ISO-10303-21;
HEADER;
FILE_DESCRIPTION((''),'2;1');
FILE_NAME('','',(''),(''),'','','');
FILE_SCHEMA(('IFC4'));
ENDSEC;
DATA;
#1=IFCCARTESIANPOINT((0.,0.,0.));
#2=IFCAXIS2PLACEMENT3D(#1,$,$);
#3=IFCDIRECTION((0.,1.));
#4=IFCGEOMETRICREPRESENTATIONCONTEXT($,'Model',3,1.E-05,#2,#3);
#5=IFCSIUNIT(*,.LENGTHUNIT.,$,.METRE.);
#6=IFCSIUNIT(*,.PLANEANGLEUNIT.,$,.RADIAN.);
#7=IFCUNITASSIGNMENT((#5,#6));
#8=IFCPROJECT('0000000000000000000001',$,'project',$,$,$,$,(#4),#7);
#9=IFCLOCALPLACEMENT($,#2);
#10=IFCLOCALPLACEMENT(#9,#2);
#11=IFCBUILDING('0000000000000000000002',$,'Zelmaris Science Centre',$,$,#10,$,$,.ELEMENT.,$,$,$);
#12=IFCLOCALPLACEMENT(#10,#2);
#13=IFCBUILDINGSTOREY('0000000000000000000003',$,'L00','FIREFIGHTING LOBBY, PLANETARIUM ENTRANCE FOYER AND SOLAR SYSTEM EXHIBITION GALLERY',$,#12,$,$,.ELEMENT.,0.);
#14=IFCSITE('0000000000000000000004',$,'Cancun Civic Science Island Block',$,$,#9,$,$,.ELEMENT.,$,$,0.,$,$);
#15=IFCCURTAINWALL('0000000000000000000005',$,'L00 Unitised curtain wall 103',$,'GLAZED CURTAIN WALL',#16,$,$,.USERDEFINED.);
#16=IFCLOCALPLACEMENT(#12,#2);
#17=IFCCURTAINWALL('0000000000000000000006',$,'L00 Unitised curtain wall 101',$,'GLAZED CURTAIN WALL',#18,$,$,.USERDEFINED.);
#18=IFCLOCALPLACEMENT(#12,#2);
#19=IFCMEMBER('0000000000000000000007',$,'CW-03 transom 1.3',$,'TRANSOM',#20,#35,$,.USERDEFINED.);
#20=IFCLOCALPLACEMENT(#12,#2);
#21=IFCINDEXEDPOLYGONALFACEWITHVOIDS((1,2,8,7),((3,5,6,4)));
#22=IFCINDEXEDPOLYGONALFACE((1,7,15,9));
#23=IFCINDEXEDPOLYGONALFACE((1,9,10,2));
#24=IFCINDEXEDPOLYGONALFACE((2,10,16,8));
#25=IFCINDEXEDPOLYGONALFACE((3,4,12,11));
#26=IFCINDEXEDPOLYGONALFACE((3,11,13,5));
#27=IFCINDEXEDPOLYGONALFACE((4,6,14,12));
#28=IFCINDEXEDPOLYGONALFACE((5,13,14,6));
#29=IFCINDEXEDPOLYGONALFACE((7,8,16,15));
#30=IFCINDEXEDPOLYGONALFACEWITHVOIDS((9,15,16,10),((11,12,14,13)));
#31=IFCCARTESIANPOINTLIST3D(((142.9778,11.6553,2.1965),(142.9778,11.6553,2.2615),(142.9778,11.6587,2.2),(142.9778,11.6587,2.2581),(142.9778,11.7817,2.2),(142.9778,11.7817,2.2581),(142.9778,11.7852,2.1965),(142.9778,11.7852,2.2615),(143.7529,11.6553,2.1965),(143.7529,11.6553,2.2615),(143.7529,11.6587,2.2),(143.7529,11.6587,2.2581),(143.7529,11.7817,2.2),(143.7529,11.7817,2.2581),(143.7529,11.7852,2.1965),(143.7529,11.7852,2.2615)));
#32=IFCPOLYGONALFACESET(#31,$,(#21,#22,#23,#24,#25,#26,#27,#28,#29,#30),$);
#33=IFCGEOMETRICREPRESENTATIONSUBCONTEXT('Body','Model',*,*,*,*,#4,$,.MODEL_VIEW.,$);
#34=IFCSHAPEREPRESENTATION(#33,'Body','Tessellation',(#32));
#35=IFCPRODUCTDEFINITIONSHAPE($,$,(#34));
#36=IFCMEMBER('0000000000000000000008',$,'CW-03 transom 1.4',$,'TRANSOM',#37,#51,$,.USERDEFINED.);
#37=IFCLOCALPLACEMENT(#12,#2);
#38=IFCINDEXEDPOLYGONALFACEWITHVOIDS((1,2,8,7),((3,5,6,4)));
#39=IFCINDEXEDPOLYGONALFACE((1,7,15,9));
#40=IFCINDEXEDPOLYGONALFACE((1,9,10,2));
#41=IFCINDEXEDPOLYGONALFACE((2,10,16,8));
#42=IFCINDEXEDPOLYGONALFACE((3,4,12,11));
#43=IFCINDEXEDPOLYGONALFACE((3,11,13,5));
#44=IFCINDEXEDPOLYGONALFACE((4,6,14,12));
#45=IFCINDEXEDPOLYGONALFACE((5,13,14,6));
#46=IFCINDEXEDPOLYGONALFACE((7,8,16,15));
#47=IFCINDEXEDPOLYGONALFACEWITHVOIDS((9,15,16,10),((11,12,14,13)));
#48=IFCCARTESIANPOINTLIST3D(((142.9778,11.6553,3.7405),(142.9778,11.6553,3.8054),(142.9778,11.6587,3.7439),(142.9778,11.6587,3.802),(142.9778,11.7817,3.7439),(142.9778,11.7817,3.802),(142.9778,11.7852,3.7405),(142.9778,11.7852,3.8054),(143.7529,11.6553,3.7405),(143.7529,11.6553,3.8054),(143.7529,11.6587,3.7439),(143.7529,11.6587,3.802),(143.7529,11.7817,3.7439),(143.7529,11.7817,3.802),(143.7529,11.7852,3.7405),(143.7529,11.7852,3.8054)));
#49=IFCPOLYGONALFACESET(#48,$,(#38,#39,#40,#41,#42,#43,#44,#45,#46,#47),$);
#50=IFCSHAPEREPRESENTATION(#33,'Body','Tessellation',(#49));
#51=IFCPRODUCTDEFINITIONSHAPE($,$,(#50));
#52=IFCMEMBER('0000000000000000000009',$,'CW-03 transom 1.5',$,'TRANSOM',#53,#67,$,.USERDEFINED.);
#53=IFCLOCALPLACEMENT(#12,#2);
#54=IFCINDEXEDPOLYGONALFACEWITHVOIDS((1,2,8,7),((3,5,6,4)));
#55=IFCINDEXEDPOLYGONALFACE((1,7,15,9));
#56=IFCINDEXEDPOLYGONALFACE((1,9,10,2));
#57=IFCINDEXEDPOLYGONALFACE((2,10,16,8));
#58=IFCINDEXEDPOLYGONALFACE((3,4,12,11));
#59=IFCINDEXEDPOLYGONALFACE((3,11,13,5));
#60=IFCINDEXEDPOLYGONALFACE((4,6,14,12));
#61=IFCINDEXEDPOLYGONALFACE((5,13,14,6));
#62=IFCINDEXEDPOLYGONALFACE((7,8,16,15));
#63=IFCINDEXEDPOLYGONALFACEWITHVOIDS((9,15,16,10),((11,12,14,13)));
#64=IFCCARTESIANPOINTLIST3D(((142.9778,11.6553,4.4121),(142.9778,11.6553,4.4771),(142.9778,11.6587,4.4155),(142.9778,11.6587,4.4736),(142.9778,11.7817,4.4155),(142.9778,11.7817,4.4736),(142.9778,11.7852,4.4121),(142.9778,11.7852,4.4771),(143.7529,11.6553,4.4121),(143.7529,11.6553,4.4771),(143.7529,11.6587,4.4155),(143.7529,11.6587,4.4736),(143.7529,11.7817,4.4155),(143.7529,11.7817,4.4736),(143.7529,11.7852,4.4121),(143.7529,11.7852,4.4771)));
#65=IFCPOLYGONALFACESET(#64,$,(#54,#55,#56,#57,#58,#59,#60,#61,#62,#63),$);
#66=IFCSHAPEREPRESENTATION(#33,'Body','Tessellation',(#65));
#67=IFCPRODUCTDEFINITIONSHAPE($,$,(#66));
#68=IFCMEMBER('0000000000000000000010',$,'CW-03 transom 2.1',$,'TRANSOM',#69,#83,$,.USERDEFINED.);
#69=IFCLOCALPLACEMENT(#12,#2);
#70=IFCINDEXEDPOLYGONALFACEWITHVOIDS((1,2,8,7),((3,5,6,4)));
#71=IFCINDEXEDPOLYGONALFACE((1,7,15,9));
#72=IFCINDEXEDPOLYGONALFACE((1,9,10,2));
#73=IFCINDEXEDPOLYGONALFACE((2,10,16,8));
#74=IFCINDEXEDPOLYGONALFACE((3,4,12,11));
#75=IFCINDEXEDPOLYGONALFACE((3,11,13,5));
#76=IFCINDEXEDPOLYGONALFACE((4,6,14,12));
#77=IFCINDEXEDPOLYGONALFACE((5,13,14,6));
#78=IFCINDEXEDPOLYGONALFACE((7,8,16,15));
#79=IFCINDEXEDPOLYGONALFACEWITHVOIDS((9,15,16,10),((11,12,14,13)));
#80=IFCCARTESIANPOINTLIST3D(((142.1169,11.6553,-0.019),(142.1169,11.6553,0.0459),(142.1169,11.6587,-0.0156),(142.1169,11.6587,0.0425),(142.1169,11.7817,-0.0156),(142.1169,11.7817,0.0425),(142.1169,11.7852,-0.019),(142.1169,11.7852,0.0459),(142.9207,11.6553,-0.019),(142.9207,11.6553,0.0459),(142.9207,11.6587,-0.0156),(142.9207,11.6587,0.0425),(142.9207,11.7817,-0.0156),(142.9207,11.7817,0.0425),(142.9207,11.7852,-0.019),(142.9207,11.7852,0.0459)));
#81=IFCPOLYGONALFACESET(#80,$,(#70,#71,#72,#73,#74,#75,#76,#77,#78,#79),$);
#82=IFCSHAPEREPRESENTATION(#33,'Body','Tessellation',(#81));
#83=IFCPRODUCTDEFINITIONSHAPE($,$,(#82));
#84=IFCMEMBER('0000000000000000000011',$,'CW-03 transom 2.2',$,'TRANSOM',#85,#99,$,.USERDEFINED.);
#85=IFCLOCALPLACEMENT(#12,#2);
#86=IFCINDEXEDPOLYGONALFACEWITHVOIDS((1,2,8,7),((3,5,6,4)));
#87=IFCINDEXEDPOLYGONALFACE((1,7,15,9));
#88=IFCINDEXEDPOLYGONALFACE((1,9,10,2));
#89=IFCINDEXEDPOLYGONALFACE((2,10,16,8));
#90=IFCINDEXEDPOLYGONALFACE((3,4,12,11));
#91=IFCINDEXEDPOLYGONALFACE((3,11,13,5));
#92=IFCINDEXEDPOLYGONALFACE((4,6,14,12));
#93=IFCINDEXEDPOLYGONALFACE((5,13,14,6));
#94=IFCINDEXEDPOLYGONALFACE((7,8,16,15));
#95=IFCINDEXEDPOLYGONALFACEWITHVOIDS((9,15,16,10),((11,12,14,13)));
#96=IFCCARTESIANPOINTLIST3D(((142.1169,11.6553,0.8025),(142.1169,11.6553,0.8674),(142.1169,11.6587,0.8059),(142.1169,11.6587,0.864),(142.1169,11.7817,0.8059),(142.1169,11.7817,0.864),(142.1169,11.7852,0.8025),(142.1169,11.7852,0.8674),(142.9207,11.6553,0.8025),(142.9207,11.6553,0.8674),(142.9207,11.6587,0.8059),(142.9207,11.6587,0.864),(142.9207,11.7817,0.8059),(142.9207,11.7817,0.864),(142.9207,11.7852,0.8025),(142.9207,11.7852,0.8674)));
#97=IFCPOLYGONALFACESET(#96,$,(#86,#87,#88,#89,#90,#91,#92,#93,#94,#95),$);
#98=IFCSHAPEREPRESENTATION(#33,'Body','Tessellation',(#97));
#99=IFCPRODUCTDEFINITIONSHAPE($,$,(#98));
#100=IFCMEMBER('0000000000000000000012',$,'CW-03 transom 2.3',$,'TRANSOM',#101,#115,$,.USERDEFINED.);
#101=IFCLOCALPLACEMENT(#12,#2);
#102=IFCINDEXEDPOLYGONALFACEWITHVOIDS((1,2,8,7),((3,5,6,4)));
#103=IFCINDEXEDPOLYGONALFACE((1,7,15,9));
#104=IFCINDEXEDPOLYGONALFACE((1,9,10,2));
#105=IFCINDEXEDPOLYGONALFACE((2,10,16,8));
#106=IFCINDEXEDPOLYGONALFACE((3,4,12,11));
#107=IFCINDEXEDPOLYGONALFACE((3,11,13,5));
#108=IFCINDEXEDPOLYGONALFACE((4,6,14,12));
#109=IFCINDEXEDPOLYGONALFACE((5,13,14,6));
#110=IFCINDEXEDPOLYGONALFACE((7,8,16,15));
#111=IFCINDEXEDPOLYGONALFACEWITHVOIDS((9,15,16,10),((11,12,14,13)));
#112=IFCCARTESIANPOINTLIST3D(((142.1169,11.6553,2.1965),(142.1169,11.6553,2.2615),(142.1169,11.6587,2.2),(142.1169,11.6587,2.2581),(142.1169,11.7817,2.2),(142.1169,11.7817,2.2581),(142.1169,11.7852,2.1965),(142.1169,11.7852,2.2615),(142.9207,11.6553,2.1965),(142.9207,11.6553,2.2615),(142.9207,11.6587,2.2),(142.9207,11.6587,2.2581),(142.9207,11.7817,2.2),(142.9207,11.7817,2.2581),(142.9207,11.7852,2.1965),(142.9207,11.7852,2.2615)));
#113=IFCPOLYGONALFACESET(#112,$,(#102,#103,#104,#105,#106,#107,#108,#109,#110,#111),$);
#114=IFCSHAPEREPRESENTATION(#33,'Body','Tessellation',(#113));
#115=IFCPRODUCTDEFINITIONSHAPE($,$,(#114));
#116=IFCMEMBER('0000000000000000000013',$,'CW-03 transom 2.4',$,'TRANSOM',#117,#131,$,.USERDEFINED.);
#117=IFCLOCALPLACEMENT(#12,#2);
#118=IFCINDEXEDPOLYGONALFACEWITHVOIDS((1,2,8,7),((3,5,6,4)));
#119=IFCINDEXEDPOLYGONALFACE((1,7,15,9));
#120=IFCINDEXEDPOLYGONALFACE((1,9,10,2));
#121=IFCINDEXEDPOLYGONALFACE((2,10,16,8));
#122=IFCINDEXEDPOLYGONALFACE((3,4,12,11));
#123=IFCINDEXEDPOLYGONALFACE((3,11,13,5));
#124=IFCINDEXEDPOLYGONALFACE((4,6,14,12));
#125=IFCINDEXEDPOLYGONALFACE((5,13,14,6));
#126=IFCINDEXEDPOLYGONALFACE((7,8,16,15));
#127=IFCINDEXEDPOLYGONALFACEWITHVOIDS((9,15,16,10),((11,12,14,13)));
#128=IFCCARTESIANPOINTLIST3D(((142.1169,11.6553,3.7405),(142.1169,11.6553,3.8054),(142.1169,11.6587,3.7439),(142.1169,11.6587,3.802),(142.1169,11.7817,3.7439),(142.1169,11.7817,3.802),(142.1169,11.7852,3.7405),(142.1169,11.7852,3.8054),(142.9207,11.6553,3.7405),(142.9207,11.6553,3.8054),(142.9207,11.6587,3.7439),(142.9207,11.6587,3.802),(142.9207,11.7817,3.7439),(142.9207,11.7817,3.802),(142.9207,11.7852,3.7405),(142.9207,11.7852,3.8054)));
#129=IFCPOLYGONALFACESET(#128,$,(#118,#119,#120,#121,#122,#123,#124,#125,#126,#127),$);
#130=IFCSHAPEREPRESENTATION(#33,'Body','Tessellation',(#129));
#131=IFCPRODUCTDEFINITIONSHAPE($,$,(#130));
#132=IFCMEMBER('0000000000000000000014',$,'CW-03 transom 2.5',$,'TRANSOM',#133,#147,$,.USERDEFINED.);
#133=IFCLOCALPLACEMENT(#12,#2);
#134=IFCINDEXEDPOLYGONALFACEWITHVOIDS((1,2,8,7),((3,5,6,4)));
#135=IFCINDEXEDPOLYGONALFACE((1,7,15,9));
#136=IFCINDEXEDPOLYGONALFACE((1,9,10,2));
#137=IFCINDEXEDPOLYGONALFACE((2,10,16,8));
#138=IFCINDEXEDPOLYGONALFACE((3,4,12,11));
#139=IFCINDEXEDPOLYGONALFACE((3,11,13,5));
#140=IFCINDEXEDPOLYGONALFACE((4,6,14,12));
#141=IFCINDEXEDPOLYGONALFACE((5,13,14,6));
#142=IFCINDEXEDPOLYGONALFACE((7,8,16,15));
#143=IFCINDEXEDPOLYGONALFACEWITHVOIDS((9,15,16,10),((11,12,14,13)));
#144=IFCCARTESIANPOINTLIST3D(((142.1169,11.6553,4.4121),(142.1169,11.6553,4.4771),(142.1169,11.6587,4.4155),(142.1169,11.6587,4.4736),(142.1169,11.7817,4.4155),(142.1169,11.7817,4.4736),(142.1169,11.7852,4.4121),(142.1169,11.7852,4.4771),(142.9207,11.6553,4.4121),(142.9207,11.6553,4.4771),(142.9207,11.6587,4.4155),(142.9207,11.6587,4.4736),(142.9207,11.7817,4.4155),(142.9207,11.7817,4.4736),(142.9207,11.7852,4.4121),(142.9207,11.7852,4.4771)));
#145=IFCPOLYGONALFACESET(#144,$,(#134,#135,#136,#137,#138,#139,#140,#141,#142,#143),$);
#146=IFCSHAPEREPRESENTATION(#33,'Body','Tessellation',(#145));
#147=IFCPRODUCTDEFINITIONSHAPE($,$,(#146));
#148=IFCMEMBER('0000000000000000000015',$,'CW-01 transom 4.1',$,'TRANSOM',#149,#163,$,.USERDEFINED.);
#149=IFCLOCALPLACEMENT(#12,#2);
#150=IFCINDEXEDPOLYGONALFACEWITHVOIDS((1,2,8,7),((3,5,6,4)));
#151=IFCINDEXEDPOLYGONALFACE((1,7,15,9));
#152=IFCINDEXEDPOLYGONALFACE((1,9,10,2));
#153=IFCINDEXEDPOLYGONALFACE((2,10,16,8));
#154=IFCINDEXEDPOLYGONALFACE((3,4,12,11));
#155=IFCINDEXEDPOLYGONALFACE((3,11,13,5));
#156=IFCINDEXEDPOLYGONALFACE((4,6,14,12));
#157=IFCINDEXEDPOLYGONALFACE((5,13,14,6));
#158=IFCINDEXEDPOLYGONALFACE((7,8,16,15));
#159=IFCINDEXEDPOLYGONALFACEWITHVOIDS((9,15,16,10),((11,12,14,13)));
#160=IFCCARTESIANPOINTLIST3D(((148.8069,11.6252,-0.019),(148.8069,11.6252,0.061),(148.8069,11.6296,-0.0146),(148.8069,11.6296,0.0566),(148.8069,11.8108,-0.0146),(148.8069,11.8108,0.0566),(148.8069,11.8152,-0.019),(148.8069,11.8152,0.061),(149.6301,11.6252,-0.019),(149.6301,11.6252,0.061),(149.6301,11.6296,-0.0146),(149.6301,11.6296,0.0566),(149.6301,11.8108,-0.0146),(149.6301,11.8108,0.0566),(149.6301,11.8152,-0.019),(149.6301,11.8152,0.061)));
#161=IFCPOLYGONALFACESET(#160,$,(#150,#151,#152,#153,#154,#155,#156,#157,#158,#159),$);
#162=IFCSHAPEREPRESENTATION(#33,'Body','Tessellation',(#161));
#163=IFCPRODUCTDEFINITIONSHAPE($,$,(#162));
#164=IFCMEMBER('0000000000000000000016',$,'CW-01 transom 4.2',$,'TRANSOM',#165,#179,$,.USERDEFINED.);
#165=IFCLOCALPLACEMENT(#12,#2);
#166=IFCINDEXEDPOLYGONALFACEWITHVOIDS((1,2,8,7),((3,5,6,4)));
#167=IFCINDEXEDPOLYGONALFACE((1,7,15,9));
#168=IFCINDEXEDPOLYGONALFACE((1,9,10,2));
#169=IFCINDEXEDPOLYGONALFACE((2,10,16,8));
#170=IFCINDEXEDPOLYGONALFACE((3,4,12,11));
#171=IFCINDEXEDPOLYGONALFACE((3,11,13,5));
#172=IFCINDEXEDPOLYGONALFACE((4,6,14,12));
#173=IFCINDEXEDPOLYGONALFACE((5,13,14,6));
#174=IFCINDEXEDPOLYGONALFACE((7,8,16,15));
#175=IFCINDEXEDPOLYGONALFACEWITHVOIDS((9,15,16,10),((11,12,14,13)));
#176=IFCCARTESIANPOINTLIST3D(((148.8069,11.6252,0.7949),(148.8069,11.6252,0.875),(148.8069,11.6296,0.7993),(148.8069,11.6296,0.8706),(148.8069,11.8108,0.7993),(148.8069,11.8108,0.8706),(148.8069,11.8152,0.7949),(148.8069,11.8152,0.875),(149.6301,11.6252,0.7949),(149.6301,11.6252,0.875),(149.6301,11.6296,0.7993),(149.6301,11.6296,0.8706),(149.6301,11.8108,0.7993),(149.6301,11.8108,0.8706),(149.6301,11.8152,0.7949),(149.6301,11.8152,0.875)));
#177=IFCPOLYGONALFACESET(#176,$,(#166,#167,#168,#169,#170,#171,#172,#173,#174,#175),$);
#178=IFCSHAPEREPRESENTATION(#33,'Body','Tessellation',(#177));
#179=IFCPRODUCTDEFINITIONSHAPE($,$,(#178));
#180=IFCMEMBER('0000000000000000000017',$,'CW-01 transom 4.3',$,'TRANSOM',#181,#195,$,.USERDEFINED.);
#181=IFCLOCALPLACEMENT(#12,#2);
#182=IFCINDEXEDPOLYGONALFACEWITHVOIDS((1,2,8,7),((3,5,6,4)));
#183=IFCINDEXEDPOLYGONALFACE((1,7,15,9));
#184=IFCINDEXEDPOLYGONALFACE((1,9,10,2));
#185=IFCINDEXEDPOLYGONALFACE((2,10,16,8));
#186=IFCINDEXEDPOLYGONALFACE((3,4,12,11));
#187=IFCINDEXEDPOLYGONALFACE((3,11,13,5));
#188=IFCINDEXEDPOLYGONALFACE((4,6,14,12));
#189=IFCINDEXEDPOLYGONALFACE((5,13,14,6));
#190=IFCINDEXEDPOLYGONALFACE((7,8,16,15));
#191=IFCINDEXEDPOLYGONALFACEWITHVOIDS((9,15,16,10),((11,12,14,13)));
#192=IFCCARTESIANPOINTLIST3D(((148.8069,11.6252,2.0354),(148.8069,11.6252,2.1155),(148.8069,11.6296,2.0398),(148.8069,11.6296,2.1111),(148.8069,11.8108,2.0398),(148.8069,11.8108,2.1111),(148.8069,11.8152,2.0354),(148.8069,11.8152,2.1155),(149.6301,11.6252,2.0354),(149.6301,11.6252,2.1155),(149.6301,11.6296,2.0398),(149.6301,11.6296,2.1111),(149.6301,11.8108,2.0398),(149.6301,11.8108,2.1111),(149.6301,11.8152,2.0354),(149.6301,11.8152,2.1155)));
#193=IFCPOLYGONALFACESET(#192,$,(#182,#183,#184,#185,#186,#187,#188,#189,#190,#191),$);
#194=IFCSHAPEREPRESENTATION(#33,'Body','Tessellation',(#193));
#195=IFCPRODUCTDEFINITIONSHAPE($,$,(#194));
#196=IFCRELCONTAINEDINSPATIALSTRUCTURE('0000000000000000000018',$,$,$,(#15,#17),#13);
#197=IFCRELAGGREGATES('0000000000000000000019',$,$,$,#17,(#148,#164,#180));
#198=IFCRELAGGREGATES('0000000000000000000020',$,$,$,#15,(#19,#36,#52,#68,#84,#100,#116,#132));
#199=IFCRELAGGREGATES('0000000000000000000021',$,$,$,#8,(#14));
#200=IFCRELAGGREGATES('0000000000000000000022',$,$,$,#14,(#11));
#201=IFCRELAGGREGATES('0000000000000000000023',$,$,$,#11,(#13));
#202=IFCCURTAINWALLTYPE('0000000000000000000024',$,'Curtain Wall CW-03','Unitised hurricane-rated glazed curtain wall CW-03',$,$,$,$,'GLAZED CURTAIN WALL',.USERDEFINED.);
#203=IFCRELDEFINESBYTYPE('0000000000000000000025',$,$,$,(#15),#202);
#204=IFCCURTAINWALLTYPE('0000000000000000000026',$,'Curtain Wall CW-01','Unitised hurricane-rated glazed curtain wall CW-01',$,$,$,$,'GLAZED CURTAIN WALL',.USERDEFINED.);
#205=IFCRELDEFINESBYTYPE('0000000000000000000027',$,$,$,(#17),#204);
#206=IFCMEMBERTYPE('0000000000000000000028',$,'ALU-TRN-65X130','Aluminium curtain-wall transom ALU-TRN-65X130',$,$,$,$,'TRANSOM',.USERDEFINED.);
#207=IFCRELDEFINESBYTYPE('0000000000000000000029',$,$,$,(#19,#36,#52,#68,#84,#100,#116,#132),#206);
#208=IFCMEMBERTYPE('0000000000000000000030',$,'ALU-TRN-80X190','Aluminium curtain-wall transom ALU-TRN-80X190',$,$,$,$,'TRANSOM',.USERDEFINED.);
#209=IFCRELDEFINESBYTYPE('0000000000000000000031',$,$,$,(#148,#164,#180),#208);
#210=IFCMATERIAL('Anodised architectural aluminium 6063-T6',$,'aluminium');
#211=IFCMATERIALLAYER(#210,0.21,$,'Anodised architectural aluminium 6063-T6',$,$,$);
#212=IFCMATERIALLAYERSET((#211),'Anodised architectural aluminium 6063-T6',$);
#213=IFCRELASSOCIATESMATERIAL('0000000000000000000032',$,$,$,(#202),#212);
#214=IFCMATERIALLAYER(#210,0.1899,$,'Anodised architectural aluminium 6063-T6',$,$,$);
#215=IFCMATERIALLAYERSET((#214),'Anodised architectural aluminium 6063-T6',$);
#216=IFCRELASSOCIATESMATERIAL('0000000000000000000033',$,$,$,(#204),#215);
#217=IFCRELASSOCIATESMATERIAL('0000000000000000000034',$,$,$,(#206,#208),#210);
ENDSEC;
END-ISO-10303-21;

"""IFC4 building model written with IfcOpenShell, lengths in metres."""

from ifc_helpers import new_model, si_unit, direction, frame, origin, origin_2d, place, context, subcontext, project, spatial, hollow_rectangle, extrude, material, layer, layer_set, material_profile, profile_set, type_object, element, aggregate, save


model = new_model("IFC4")

# Units and contexts
model_context = context("Model", 3, precision=1e-05, world=origin(), true_north=direction((0.0, 1.0)))
body_context = subcontext(model_context, "Body", "Model", "MODEL_VIEW")
ifc_project = project(units=[si_unit("LENGTHUNIT", "METRE"), si_unit("PLANEANGLEUNIT", "RADIAN")], contexts=[model_context])

# Site, building, storey
site_placement = place(None, origin())
site = spatial("IfcSite", under=ifc_project, at=site_placement, Name="Cancun Civic Science Island Block", CompositionType="ELEMENT", RefElevation=0.0)
building_placement = place(site_placement, origin())
building = spatial("IfcBuilding", under=site, at=building_placement, Name="Zelmaris Science Centre", CompositionType="ELEMENT")
storey_placement = place(building_placement, origin())
storey = spatial("IfcBuildingStorey", under=building, at=storey_placement, Name="L00", Description="FIREFIGHTING LOBBY, PLANETARIUM ENTRANCE FOYER AND SOLAR SYSTEM EXHIBITION GALLERY", CompositionType="ELEMENT", Elevation=0.0)

# Curtain walls
ifc_material_1 = material(Name="Anodised architectural aluminium 6063-T6", Category="aluminium")
ifc_layer_1 = layer(ifc_material_1, 0.21, Name="Anodised architectural aluminium 6063-T6")
ifc_layer_set_1 = layer_set([ifc_layer_1], Name="Anodised architectural aluminium 6063-T6")
curtain_wall_type_1 = type_object("IfcCurtainWallType", Name="Curtain Wall CW-03", Description="Unitised hurricane-rated glazed curtain wall CW-03", ElementType="GLAZED CURTAIN WALL", PredefinedType="USERDEFINED", material=ifc_layer_set_1)
curtain_wall_1_placement = place(storey_placement, origin())
curtain_wall_1 = element("IfcCurtainWall", 1, at=curtain_wall_1_placement, inside=storey, type_object=curtain_wall_type_1, Name="L00 Unitised curtain wall 103", ObjectType="GLAZED CURTAIN WALL", PredefinedType="USERDEFINED")
ifc_layer_2 = layer(ifc_material_1, 0.1899, Name="Anodised architectural aluminium 6063-T6")
ifc_layer_set_2 = layer_set([ifc_layer_2], Name="Anodised architectural aluminium 6063-T6")
curtain_wall_type_2 = type_object("IfcCurtainWallType", Name="Curtain Wall CW-01", Description="Unitised hurricane-rated glazed curtain wall CW-01", ElementType="GLAZED CURTAIN WALL", PredefinedType="USERDEFINED", material=ifc_layer_set_2)
curtain_wall_2_placement = place(storey_placement, origin())
curtain_wall_2 = element("IfcCurtainWall", 2, at=curtain_wall_2_placement, inside=storey, type_object=curtain_wall_type_2, Name="L00 Unitised curtain wall 101", ObjectType="GLAZED CURTAIN WALL", PredefinedType="USERDEFINED")

# Members
ifc_material_profile_1 = material_profile(ifc_material_1, hollow_rectangle(XDim=0.0649, YDim=0.1299, WallThickness=0.0034, at=origin_2d()), Name="ALU-TRN-65X130")
ifc_profile_set_1 = profile_set([ifc_material_profile_1], Name="Anodised architectural aluminium 6063-T6")
member_type_1 = type_object("IfcMemberType", Name="ALU-TRN-65X130", Description="Aluminium curtain-wall transom ALU-TRN-65X130", ElementType="TRANSOM", PredefinedType="USERDEFINED", material=ifc_profile_set_1)
member_1_placement = place(storey_placement, frame((143.7529, 11.7202, 2.229), z_axis=(-1.0, 0.0, 0.0), x_axis=(0.0, 0.0, 1.0)))
member_1 = element("IfcMember", 3, at=member_1_placement, type_object=member_type_1, Name="CW-03 transom 1.3", ObjectType="TRANSOM", PredefinedType="USERDEFINED", context=body_context, shape_type="SweptSolid", body=[
    extrude(hollow_rectangle(XDim=0.0649, YDim=0.1299, WallThickness=0.0034, at=origin_2d()), origin(), (0.0, 0.0, 1.0), 0.7751),
])
member_2_placement = place(storey_placement, frame((143.7529, 11.7202, 3.7729), z_axis=(-1.0, 0.0, 0.0), x_axis=(0.0, 0.0, 1.0)))
member_2 = element("IfcMember", 4, at=member_2_placement, type_object=member_type_1, Name="CW-03 transom 1.4", ObjectType="TRANSOM", PredefinedType="USERDEFINED", context=body_context, shape_type="SweptSolid", body=[
    extrude(hollow_rectangle(XDim=0.0649, YDim=0.1299, WallThickness=0.0034, at=origin_2d()), origin(), (0.0, 0.0, 1.0), 0.7751),
])
member_3_placement = place(storey_placement, frame((143.7529, 11.7202, 4.4446), z_axis=(-1.0, 0.0, 0.0), x_axis=(0.0, 0.0, 1.0)))
member_3 = element("IfcMember", 5, at=member_3_placement, type_object=member_type_1, Name="CW-03 transom 1.5", ObjectType="TRANSOM", PredefinedType="USERDEFINED", context=body_context, shape_type="SweptSolid", body=[
    extrude(hollow_rectangle(XDim=0.0649, YDim=0.1299, WallThickness=0.0034, at=origin_2d()), origin(), (0.0, 0.0, 1.0), 0.7751),
])
member_4_placement = place(storey_placement, frame((142.9207, 11.7202, 0.0134), z_axis=(-1.0, 0.0, 0.0), x_axis=(0.0, 0.0, 1.0)))
member_4 = element("IfcMember", 6, at=member_4_placement, type_object=member_type_1, Name="CW-03 transom 2.1", ObjectType="TRANSOM", PredefinedType="USERDEFINED", context=body_context, shape_type="SweptSolid", body=[
    extrude(hollow_rectangle(XDim=0.0649, YDim=0.1299, WallThickness=0.0034, at=origin_2d()), origin(), (0.0, 0.0, 1.0), 0.8037),
])
member_5_placement = place(storey_placement, frame((142.9207, 11.7202, 0.835), z_axis=(-1.0, 0.0, 0.0), x_axis=(0.0, 0.0, 1.0)))
member_5 = element("IfcMember", 7, at=member_5_placement, type_object=member_type_1, Name="CW-03 transom 2.2", ObjectType="TRANSOM", PredefinedType="USERDEFINED", context=body_context, shape_type="SweptSolid", body=[
    extrude(hollow_rectangle(XDim=0.0649, YDim=0.1299, WallThickness=0.0034, at=origin_2d()), origin(), (0.0, 0.0, 1.0), 0.8037),
])
member_6_placement = place(storey_placement, frame((142.9207, 11.7202, 2.229), z_axis=(-1.0, 0.0, 0.0), x_axis=(0.0, 0.0, 1.0)))
member_6 = element("IfcMember", 8, at=member_6_placement, type_object=member_type_1, Name="CW-03 transom 2.3", ObjectType="TRANSOM", PredefinedType="USERDEFINED", context=body_context, shape_type="SweptSolid", body=[
    extrude(hollow_rectangle(XDim=0.0649, YDim=0.1299, WallThickness=0.0034, at=origin_2d()), origin(), (0.0, 0.0, 1.0), 0.8037),
])
member_7_placement = place(storey_placement, frame((142.9207, 11.7202, 3.7729), z_axis=(-1.0, 0.0, 0.0), x_axis=(0.0, 0.0, 1.0)))
member_7 = element("IfcMember", 9, at=member_7_placement, type_object=member_type_1, Name="CW-03 transom 2.4", ObjectType="TRANSOM", PredefinedType="USERDEFINED", context=body_context, shape_type="SweptSolid", body=[
    extrude(hollow_rectangle(XDim=0.0649, YDim=0.1299, WallThickness=0.0034, at=origin_2d()), origin(), (0.0, 0.0, 1.0), 0.8037),
])
member_8_placement = place(storey_placement, frame((142.9207, 11.7202, 4.4446), z_axis=(-1.0, 0.0, 0.0), x_axis=(0.0, 0.0, 1.0)))
member_8 = element("IfcMember", 10, at=member_8_placement, type_object=member_type_1, Name="CW-03 transom 2.5", ObjectType="TRANSOM", PredefinedType="USERDEFINED", context=body_context, shape_type="SweptSolid", body=[
    extrude(hollow_rectangle(XDim=0.0649, YDim=0.1299, WallThickness=0.0034, at=origin_2d()), origin(), (0.0, 0.0, 1.0), 0.8037),
])
ifc_material_profile_2 = material_profile(ifc_material_1, hollow_rectangle(XDim=0.0801, YDim=0.1899, WallThickness=0.0044, at=origin_2d()), Name="ALU-TRN-80X190")
ifc_profile_set_2 = profile_set([ifc_material_profile_2], Name="Anodised architectural aluminium 6063-T6")
member_type_2 = type_object("IfcMemberType", Name="ALU-TRN-80X190", Description="Aluminium curtain-wall transom ALU-TRN-80X190", ElementType="TRANSOM", PredefinedType="USERDEFINED", material=ifc_profile_set_2)
member_9_placement = place(storey_placement, frame((149.6301, 11.7202, 0.021), z_axis=(-1.0, 0.0, 0.0), x_axis=(0.0, 0.0, 1.0)))
member_9 = element("IfcMember", 11, at=member_9_placement, type_object=member_type_2, Name="CW-01 transom 4.1", ObjectType="TRANSOM", PredefinedType="USERDEFINED", context=body_context, shape_type="SweptSolid", body=[
    extrude(hollow_rectangle(XDim=0.0801, YDim=0.1899, WallThickness=0.0044, at=origin_2d()), origin(), (0.0, 0.0, 1.0), 0.8232),
])
member_10_placement = place(storey_placement, frame((149.6301, 11.7202, 0.835), z_axis=(-1.0, 0.0, 0.0), x_axis=(0.0, 0.0, 1.0)))
member_10 = element("IfcMember", 12, at=member_10_placement, type_object=member_type_2, Name="CW-01 transom 4.2", ObjectType="TRANSOM", PredefinedType="USERDEFINED", context=body_context, shape_type="SweptSolid", body=[
    extrude(hollow_rectangle(XDim=0.0801, YDim=0.1899, WallThickness=0.0044, at=origin_2d()), origin(), (0.0, 0.0, 1.0), 0.8232),
])
member_11_placement = place(storey_placement, frame((149.6301, 11.7202, 2.0754), z_axis=(-1.0, 0.0, 0.0), x_axis=(0.0, 0.0, 1.0)))
member_11 = element("IfcMember", 13, at=member_11_placement, type_object=member_type_2, Name="CW-01 transom 4.3", ObjectType="TRANSOM", PredefinedType="USERDEFINED", context=body_context, shape_type="SweptSolid", body=[
    extrude(hollow_rectangle(XDim=0.0801, YDim=0.1899, WallThickness=0.0044, at=origin_2d()), origin(), (0.0, 0.0, 1.0), 0.8232),
])

aggregate(curtain_wall_2, [member_9, member_10, member_11])
aggregate(curtain_wall_1, [member_1, member_2, member_3, member_4, member_5, member_6, member_7, member_8])

save(model, "model.ifc")
